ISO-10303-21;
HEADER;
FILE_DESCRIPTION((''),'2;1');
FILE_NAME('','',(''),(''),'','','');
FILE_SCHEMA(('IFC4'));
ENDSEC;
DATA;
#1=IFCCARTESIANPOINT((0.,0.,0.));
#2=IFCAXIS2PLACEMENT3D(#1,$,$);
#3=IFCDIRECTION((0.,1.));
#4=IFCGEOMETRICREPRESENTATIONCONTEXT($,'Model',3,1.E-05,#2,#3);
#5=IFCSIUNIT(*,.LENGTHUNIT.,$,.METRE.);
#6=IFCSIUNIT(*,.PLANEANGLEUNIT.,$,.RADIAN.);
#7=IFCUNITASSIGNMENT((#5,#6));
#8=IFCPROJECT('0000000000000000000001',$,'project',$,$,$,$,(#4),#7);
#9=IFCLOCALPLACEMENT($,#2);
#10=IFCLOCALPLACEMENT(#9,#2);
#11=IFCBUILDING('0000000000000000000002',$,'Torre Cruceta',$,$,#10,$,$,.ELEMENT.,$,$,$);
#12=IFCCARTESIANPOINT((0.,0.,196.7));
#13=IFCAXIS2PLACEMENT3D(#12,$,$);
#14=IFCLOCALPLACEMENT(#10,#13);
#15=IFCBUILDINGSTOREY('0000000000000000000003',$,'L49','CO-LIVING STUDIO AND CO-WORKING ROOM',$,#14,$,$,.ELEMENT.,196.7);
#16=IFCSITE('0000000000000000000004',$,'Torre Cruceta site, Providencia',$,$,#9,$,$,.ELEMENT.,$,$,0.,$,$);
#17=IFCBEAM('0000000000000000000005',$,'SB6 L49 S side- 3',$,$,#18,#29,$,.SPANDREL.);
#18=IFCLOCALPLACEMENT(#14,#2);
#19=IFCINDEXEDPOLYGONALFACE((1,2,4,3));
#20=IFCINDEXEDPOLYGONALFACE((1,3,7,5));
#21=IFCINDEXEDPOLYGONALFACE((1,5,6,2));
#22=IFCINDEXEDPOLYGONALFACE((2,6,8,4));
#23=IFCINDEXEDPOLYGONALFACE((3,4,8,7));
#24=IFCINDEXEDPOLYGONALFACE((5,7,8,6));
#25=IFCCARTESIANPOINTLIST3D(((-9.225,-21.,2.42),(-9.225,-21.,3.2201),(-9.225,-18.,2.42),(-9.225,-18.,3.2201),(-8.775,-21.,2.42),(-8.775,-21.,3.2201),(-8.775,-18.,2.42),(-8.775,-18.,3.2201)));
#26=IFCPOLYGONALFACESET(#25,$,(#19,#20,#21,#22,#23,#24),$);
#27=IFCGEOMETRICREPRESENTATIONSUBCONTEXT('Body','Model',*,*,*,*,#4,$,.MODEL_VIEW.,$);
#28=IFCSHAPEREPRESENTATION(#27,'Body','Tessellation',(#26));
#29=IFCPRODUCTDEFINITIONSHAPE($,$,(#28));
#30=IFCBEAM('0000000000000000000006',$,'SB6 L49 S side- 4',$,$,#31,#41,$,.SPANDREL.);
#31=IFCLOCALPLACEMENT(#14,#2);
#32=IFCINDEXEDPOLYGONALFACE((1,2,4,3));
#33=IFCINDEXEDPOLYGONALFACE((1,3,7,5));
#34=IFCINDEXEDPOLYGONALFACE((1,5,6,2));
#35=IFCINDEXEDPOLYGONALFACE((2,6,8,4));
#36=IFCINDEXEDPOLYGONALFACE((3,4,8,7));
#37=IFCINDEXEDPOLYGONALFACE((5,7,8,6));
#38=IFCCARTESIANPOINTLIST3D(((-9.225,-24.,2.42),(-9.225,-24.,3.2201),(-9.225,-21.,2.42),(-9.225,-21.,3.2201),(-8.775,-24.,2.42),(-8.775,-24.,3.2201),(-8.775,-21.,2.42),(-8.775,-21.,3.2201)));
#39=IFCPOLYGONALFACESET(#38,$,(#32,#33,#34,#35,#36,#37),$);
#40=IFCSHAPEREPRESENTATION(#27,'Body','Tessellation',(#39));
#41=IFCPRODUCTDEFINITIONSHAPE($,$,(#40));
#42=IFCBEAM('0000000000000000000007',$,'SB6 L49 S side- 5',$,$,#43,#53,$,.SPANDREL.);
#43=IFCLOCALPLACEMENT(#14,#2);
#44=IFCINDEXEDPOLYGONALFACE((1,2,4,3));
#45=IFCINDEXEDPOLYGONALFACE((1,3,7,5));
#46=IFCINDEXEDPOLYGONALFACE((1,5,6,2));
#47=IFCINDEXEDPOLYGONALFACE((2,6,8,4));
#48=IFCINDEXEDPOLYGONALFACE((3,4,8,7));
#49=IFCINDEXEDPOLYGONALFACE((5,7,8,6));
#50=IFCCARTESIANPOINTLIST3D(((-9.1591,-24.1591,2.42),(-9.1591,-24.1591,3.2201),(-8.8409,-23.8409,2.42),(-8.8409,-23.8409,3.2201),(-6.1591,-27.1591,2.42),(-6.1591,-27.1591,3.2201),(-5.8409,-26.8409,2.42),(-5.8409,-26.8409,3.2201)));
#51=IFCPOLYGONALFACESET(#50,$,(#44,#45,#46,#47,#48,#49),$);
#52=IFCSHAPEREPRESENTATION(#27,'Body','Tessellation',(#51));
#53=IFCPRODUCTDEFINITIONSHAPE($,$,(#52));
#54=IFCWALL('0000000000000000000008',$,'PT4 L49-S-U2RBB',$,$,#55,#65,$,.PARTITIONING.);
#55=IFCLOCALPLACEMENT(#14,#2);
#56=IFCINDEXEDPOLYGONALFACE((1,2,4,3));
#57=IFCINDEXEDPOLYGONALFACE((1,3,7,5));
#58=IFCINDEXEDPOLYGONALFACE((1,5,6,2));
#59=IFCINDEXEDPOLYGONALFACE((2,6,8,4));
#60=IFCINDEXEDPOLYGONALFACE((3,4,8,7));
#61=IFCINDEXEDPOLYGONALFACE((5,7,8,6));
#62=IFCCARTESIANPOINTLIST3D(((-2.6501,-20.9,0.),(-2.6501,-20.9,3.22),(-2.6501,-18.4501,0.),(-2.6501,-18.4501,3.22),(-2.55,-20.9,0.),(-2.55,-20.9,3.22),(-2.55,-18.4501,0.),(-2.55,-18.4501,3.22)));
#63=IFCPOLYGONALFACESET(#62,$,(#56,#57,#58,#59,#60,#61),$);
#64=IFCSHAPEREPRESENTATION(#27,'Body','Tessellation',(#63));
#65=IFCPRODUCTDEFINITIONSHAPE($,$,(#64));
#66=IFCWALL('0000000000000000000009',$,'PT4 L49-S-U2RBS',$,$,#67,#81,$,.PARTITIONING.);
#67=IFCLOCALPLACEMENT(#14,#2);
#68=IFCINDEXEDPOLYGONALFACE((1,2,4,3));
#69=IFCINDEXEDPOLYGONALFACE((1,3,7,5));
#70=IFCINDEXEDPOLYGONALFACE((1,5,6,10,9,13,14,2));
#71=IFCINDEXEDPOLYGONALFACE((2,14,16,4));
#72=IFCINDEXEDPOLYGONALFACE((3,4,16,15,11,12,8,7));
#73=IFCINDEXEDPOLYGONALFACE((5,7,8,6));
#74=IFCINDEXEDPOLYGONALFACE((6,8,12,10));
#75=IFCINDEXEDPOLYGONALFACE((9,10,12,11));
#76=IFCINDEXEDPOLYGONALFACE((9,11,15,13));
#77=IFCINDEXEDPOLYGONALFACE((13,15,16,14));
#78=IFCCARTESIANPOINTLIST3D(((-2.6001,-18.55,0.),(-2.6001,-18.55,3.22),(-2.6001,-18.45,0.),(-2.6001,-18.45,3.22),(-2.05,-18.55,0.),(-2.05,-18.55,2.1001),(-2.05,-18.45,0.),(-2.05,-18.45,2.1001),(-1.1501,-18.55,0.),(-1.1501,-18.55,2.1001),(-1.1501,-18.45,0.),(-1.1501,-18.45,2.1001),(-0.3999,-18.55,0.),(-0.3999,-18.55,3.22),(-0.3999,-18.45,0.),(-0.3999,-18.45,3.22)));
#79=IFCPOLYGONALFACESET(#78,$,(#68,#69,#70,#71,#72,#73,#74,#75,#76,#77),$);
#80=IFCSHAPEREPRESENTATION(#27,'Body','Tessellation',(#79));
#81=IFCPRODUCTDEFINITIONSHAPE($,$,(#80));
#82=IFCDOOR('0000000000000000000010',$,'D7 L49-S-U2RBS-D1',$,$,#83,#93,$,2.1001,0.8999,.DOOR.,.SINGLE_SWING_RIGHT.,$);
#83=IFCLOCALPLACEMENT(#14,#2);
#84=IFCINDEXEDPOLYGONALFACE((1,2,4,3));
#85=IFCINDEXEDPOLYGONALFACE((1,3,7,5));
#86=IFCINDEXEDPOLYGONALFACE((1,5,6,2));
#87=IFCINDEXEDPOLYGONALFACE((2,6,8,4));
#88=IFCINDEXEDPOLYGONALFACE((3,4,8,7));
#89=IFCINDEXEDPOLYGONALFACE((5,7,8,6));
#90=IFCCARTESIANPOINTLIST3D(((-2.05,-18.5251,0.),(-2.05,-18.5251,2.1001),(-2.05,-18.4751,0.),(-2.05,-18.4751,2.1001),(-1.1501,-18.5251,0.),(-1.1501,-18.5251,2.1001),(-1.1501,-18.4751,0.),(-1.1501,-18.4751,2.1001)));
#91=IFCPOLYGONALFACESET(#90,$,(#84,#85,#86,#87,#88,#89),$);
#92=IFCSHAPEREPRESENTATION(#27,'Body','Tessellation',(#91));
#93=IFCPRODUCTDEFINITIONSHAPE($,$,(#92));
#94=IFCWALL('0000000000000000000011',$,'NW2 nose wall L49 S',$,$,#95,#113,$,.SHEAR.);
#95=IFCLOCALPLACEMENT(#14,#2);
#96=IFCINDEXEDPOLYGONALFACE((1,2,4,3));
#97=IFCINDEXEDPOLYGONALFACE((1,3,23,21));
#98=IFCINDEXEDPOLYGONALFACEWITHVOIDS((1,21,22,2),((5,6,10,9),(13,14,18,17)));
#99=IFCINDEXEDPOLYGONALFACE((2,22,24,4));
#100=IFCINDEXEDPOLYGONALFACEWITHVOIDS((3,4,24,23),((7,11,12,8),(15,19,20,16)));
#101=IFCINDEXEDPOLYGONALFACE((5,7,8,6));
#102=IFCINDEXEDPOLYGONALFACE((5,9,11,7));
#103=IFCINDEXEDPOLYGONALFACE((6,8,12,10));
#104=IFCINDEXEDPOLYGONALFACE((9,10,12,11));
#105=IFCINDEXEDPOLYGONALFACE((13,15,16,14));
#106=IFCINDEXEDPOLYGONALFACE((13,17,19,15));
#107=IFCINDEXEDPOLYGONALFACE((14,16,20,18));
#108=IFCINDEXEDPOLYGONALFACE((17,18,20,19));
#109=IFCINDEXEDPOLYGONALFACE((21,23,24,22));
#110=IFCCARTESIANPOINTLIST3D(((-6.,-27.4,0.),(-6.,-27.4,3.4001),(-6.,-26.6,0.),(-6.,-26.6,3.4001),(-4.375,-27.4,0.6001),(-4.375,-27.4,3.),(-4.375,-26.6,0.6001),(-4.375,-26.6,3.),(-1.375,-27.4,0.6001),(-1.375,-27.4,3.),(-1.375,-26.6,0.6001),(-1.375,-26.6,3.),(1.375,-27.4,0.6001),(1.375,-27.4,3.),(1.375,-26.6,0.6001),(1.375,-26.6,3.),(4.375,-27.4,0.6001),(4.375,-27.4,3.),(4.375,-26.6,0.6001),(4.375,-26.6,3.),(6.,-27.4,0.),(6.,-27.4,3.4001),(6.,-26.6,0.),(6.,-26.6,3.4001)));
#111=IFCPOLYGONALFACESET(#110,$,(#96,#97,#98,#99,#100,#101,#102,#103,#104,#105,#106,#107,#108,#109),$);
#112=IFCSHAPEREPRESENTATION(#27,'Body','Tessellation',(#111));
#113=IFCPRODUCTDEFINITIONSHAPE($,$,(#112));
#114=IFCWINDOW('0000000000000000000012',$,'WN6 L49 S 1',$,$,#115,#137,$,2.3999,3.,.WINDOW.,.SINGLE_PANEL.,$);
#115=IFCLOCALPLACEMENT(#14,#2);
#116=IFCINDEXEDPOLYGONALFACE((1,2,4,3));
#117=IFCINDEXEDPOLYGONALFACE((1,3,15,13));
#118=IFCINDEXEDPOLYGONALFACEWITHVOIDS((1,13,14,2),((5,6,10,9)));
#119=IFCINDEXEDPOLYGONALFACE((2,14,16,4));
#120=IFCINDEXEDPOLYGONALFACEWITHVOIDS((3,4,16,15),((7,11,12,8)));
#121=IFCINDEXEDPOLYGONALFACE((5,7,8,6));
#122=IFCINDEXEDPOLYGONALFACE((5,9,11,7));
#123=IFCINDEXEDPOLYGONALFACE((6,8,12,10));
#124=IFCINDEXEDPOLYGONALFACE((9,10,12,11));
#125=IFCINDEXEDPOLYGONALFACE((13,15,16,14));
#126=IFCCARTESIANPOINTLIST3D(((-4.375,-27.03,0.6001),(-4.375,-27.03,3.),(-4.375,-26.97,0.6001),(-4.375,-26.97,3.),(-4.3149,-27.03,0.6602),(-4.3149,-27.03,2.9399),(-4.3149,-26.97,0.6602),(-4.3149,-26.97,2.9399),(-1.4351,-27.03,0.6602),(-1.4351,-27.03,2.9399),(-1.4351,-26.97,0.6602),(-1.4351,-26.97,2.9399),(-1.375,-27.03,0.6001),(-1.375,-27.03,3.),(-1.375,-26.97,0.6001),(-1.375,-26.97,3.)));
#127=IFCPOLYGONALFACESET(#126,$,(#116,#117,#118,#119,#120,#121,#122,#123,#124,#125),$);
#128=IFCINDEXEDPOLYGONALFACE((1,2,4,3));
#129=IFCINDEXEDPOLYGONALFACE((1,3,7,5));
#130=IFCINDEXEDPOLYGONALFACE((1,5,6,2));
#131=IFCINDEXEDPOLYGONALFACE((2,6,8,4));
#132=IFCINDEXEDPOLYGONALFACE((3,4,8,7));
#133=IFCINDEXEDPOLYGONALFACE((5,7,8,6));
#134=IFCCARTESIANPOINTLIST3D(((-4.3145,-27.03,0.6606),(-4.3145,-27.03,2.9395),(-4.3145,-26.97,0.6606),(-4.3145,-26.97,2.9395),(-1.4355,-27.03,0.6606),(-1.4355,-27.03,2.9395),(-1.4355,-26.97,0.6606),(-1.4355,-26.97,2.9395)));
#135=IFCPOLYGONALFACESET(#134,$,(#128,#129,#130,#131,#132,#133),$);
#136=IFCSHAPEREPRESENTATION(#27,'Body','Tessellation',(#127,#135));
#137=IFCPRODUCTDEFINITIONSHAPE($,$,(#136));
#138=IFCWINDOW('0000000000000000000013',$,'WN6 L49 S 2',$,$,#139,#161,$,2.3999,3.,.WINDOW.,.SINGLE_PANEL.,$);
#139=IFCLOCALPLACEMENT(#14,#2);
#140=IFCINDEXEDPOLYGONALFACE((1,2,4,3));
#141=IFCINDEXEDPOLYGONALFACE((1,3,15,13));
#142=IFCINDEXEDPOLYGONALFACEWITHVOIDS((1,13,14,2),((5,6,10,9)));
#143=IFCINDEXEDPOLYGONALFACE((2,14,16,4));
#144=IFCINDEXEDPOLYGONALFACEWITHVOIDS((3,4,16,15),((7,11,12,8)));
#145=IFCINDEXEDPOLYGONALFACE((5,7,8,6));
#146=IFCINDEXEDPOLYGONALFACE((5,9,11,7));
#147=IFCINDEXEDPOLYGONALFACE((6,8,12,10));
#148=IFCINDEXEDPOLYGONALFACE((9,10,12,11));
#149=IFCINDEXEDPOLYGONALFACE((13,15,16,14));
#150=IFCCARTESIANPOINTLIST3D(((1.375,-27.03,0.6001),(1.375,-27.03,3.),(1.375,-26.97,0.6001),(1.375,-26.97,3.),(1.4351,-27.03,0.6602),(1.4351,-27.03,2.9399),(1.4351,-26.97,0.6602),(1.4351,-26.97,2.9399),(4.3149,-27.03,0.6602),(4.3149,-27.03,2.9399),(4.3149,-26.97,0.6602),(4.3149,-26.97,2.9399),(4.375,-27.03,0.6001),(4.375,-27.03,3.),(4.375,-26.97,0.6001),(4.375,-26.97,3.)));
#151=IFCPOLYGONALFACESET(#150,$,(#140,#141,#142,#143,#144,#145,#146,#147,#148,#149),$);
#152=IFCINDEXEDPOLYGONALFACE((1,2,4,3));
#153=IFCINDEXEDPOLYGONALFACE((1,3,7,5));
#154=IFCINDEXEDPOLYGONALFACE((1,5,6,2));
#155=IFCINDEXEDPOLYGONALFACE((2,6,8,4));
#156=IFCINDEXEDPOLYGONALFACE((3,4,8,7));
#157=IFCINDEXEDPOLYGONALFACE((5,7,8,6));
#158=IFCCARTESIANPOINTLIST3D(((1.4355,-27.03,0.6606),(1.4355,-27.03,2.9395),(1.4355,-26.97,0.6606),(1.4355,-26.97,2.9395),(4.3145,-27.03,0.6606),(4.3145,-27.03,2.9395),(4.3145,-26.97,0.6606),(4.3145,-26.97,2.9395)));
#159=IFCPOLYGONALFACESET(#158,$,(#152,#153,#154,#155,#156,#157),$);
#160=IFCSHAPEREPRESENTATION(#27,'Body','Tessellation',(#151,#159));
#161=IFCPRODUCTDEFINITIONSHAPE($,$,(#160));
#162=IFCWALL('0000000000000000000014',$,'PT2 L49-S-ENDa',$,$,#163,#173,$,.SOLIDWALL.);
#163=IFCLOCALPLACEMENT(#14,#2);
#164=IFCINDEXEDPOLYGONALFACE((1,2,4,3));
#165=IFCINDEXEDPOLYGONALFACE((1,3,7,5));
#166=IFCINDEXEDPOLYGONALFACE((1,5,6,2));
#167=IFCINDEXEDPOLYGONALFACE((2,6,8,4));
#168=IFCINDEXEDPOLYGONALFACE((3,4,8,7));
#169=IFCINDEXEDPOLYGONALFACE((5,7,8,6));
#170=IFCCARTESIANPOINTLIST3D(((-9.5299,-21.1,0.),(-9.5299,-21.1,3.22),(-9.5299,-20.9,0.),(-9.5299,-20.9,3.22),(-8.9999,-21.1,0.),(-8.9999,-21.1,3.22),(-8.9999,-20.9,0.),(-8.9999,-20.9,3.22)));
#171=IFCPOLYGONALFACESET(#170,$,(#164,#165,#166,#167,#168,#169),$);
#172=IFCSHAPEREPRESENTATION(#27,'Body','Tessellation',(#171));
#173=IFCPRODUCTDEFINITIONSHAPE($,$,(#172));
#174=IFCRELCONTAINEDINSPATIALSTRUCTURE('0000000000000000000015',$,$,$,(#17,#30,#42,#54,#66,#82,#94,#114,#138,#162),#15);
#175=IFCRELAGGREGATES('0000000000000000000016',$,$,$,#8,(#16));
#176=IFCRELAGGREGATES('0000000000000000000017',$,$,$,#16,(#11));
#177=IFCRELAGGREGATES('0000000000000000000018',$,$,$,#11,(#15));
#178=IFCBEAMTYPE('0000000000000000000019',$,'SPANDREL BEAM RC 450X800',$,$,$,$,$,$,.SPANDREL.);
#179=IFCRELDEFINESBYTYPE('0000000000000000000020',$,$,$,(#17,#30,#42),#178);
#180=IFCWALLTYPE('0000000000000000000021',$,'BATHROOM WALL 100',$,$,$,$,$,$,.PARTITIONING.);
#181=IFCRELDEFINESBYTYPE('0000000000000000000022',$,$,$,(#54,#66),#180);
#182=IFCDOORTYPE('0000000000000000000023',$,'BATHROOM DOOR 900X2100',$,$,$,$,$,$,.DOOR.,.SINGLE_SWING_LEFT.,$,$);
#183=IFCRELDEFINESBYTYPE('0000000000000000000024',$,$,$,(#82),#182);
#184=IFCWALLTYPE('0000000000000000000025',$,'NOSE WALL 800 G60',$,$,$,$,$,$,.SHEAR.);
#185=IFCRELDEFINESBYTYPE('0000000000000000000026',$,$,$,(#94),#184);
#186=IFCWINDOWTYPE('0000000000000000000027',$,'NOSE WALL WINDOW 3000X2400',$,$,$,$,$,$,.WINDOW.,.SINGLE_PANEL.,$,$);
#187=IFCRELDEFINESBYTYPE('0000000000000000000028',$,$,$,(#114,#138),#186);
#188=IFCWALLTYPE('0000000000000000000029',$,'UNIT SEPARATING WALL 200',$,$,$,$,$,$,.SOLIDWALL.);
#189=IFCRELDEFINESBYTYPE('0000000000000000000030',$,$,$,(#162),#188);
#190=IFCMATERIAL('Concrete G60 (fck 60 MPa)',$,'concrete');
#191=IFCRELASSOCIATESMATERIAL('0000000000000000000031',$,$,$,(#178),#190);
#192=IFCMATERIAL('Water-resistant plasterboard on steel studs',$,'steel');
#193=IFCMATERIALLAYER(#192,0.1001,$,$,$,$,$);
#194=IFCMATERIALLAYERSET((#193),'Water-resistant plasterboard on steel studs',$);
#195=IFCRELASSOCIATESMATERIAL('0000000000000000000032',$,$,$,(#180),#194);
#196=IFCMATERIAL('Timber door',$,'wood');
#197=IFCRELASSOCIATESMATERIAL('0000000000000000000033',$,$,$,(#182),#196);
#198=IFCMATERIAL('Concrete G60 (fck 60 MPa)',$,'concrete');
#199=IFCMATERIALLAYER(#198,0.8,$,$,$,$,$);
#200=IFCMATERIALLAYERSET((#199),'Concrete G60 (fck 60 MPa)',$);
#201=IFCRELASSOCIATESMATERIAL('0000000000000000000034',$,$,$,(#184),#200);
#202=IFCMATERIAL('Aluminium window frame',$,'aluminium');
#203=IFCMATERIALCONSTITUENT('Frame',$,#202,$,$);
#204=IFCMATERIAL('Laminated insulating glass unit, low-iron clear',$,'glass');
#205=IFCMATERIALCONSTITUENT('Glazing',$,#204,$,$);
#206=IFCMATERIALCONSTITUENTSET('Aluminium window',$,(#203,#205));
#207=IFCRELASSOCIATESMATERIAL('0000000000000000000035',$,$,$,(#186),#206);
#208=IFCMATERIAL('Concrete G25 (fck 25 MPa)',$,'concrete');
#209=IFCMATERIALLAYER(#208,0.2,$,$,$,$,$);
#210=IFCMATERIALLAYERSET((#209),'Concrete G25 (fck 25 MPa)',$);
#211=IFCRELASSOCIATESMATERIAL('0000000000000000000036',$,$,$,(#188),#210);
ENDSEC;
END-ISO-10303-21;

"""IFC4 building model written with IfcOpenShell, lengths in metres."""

from ifc_helpers import new_model, si_unit, direction, frame, frame_2d, origin, origin_2d, place, context, subcontext, project, spatial, rectangle, hollow_rectangle, extrude, material, layer, layer_set, constituent, constituent_set, material_profile, profile_set, type_object, element, fill, save


model = new_model("IFC4")

# Units and contexts
model_context = context("Model", 3, precision=1e-05, world=origin(), true_north=direction((0.0, 1.0)))
body_context = subcontext(model_context, "Body", "Model", "MODEL_VIEW")
ifc_project = project(units=[si_unit("LENGTHUNIT", "METRE"), si_unit("PLANEANGLEUNIT", "RADIAN")], contexts=[model_context])

# Site, building, storey
site_placement = place(None, origin())
site = spatial("IfcSite", under=ifc_project, at=site_placement, Name="Torre Cruceta site, Providencia", CompositionType="ELEMENT", RefElevation=0.0)
building_placement = place(site_placement, origin())
building = spatial("IfcBuilding", under=site, at=building_placement, Name="Torre Cruceta", CompositionType="ELEMENT")
storey_placement = place(building_placement, frame((0.0, 0.0, 196.7)))
storey = spatial("IfcBuildingStorey", under=building, at=storey_placement, Name="L49", Description="CO-LIVING STUDIO AND CO-WORKING ROOM", CompositionType="ELEMENT", Elevation=196.7)

# Beams
ifc_material_1 = material(Name="Concrete G60 (fck 60 MPa)", Category="concrete")
ifc_material_profile_1 = material_profile(ifc_material_1, rectangle(XDim=0.45, YDim=0.8, at=origin_2d()), Name="RC 450X800")
ifc_profile_set_1 = profile_set([ifc_material_profile_1], Name="Concrete G60 (fck 60 MPa)")
beam_type_1 = type_object("IfcBeamType", Name="SPANDREL BEAM RC 450X800", PredefinedType="SPANDREL", material=ifc_profile_set_1)
for number, where, z_axis, x_axis, name in (
    (1, (-9.0, -18.0, 2.8201), (0.0, -1.0, 0.0), (1.0, 0.0, 0.0), "SB6 L49 S side- 3"),
    (2, (-9.0, -21.0, 2.8201), (0.0, -1.0, 0.0), (1.0, 0.0, 0.0), "SB6 L49 S side- 4"),
):
    element("IfcBeam", number, at=place(storey_placement, frame(where, z_axis=z_axis, x_axis=x_axis)), inside=storey, type_object=beam_type_1, Name=name, PredefinedType="SPANDREL", context=body_context, shape_type="SweptSolid", body=[
        extrude(rectangle(XDim=0.45, YDim=0.8, at=origin_2d()), origin(), (0.0, 0.0, 1.0), 3.0),
    ])
beam_1_placement = place(storey_placement, frame((-9.0, -24.0, 2.8201), z_axis=(0.707107, -0.707107, 0.0), x_axis=(0.707107, 0.707107, 0.0)))
element("IfcBeam", 3, at=beam_1_placement, inside=storey, type_object=beam_type_1, Name="SB6 L49 S side- 5", PredefinedType="SPANDREL", context=body_context, shape_type="SweptSolid", body=[
    extrude(rectangle(XDim=0.45, YDim=0.8, at=origin_2d()), origin(), (0.0, 0.0, 1.0), 4.2427),
])

# Wall
ifc_material_2 = material(Name="Water-resistant plasterboard on steel studs", Category="steel")
ifc_layer_1 = layer(ifc_material_2, 0.1001)
ifc_layer_set_1 = layer_set([ifc_layer_1], Name="Water-resistant plasterboard on steel studs")
wall_type_1 = type_object("IfcWallType", Name="BATHROOM WALL 100", PredefinedType="PARTITIONING", material=ifc_layer_set_1)
wall_1_placement = place(storey_placement, frame((-2.6001, -18.45, 0.0), z_axis=(0.0, 0.0, 1.0), x_axis=(0.0, -1.0, 0.0)))
element("IfcWall", 4, at=wall_1_placement, inside=storey, type_object=wall_type_1, Name="PT4 L49-S-U2RBB", PredefinedType="PARTITIONING", context=body_context, shape_type="SweptSolid", body=[
    extrude(rectangle(XDim=2.45, YDim=0.1001, at=frame_2d((1.2251, 0.0))), origin(), (0.0, 0.0, 1.0), 3.22),
])

# Wall, opening, door
wall_2_placement = place(storey_placement, frame((-2.6001, -18.5, 0.0), z_axis=(0.0, 0.0, 1.0), x_axis=(1.0, 0.0, 0.0)))
wall_2 = element("IfcWall", 5, at=wall_2_placement, inside=storey, type_object=wall_type_1, Name="PT4 L49-S-U2RBS", PredefinedType="PARTITIONING", context=body_context, shape_type="SweptSolid", body=[
    extrude(rectangle(XDim=2.2002, YDim=0.1001, at=frame_2d((1.1001, 0.0))), origin(), (0.0, 0.0, 1.0), 3.22),
])
opening_1_placement = place(wall_2_placement, frame((0.55, 0.0, 0.0)))
opening_1 = element("IfcOpeningElement", 6, at=opening_1_placement, cuts=wall_2, PredefinedType="OPENING", context=body_context, shape_type="SweptSolid", body=[
    extrude(rectangle(XDim=0.8999, YDim=2.1001, at=frame_2d((0.45, 1.05))), frame((0.0, 0.0601, 0.0), z_axis=(0.0, -1.0, 0.0), x_axis=(1.0, 0.0, 0.0)), (0.0, 0.0, 1.0), 0.1201),
])
ifc_material_3 = material(Name="Timber door", Category="wood")
door_type = type_object("IfcDoorType", Name="BATHROOM DOOR 900X2100", OperationType="SINGLE_SWING_LEFT", PredefinedType="DOOR", material=ifc_material_3)
door_placement = place(opening_1_placement, frame((0.8999, 0.0, 0.0), z_axis=(0.0, 0.0, 1.0), x_axis=(-1.0, 0.0, 0.0)))
door = element("IfcDoor", 7, at=door_placement, inside=storey, type_object=door_type, Name="D7 L49-S-U2RBS-D1", OperationType="SINGLE_SWING_RIGHT", OverallHeight=2.1001, OverallWidth=0.8999, PredefinedType="DOOR", context=body_context, shape_type="SweptSolid", body=[
    extrude(rectangle(XDim=0.8999, YDim=2.1001, at=frame_2d((0.45, 1.05))), frame((0.0, 0.0251, 0.0), z_axis=(0.0, -1.0, 0.0), x_axis=(1.0, 0.0, 0.0)), (0.0, 0.0, 1.0), 0.05),
])
fill(opening_1, door)

# Wall, openings, windows
ifc_material_4 = material(Name="Concrete G60 (fck 60 MPa)", Category="concrete")
ifc_layer_2 = layer(ifc_material_4, 0.8)
ifc_layer_set_2 = layer_set([ifc_layer_2], Name="Concrete G60 (fck 60 MPa)")
wall_type_2 = type_object("IfcWallType", Name="NOSE WALL 800 G60", PredefinedType="SHEAR", material=ifc_layer_set_2)
wall_3_placement = place(storey_placement, frame((-6.0, -27.0, 0.0), z_axis=(0.0, 0.0, 1.0), x_axis=(1.0, 0.0, 0.0)))
wall_3 = element("IfcWall", 8, at=wall_3_placement, inside=storey, type_object=wall_type_2, Name="NW2 nose wall L49 S", PredefinedType="SHEAR", context=body_context, shape_type="SweptSolid", body=[
    extrude(rectangle(XDim=12.0, YDim=0.8, at=frame_2d((6.0, 0.0))), origin(), (0.0, 0.0, 1.0), 3.4001),
])
opening_2_placement = place(wall_3_placement, frame((1.625, 0.0, 0.6001)))
opening_2 = element("IfcOpeningElement", 9, at=opening_2_placement, cuts=wall_3, PredefinedType="OPENING", context=body_context, shape_type="SweptSolid", body=[
    extrude(rectangle(XDim=3.0, YDim=2.3999, at=frame_2d((1.5, 1.2))), frame((0.0, 0.4099, 0.0), z_axis=(0.0, -1.0, 0.0), x_axis=(1.0, 0.0, 0.0)), (0.0, 0.0, 1.0), 0.8201),
])
opening_3_placement = place(wall_3_placement, frame((7.375, 0.0, 0.6001)))
opening_3 = element("IfcOpeningElement", 10, at=opening_3_placement, cuts=wall_3, PredefinedType="OPENING", context=body_context, shape_type="SweptSolid", body=[
    extrude(rectangle(XDim=3.0, YDim=2.3999, at=frame_2d((1.5, 1.2))), frame((0.0, 0.4099, 0.0), z_axis=(0.0, -1.0, 0.0), x_axis=(1.0, 0.0, 0.0)), (0.0, 0.0, 1.0), 0.8201),
])
ifc_material_5 = material(Name="Aluminium window frame", Category="aluminium")
ifc_constituent_1 = constituent(ifc_material_5, Name="Frame")
ifc_material_6 = material(Name="Laminated insulating glass unit, low-iron clear", Category="glass")
ifc_constituent_2 = constituent(ifc_material_6, Name="Glazing")
ifc_constituent_set = constituent_set(constituents=[ifc_constituent_1, ifc_constituent_2], Name="Aluminium window")
window_type = type_object("IfcWindowType", Name="NOSE WALL WINDOW 3000X2400", PartitioningType="SINGLE_PANEL", PredefinedType="WINDOW", material=ifc_constituent_set)
window_1_placement = place(opening_2_placement, origin())
window_1 = element("IfcWindow", 11, at=window_1_placement, inside=storey, type_object=window_type, Name="WN6 L49 S 1", OverallHeight=2.3999, OverallWidth=3.0, PartitioningType="SINGLE_PANEL", PredefinedType="WINDOW", context=body_context, shape_type="SweptSolid", body=[
    extrude(hollow_rectangle(XDim=3.0, YDim=2.3999, WallThickness=0.0601, at=frame_2d((1.5, 1.2))), frame((0.0, 0.03, 0.0), z_axis=(0.0, -1.0, 0.0), x_axis=(1.0, 0.0, 0.0)), (0.0, 0.0, 1.0), 0.0601),
    extrude(rectangle(XDim=2.8789, YDim=2.2788, at=frame_2d((1.5, 1.2))), frame((0.0, 0.03, 0.0), z_axis=(0.0, -1.0, 0.0), x_axis=(1.0, 0.0, 0.0)), (0.0, 0.0, 1.0), 0.0601),
])
fill(opening_2, window_1)
window_2_placement = place(opening_3_placement, origin())
window_2 = element("IfcWindow", 12, at=window_2_placement, inside=storey, type_object=window_type, Name="WN6 L49 S 2", OverallHeight=2.3999, OverallWidth=3.0, PartitioningType="SINGLE_PANEL", PredefinedType="WINDOW", context=body_context, shape_type="SweptSolid", body=[
    extrude(hollow_rectangle(XDim=3.0, YDim=2.3999, WallThickness=0.0601, at=frame_2d((1.5, 1.2))), frame((0.0, 0.03, 0.0), z_axis=(0.0, -1.0, 0.0), x_axis=(1.0, 0.0, 0.0)), (0.0, 0.0, 1.0), 0.0601),
    extrude(rectangle(XDim=2.8789, YDim=2.2788, at=frame_2d((1.5, 1.2))), frame((0.0, 0.03, 0.0), z_axis=(0.0, -1.0, 0.0), x_axis=(1.0, 0.0, 0.0)), (0.0, 0.0, 1.0), 0.0601),
])
fill(opening_3, window_2)

# Wall
ifc_material_7 = material(Name="Concrete G25 (fck 25 MPa)", Category="concrete")
ifc_layer_3 = layer(ifc_material_7, 0.2)
ifc_layer_set_3 = layer_set([ifc_layer_3], Name="Concrete G25 (fck 25 MPa)")
wall_type_3 = type_object("IfcWallType", Name="UNIT SEPARATING WALL 200", PredefinedType="SOLIDWALL", material=ifc_layer_set_3)
wall_4_placement = place(storey_placement, frame((-9.53, -21.0, 0.0), z_axis=(0.0, 0.0, 1.0), x_axis=(1.0, 0.0, 0.0)))
element("IfcWall", 13, at=wall_4_placement, inside=storey, type_object=wall_type_3, Name="PT2 L49-S-ENDa", PredefinedType="SOLIDWALL", context=body_context, shape_type="SweptSolid", body=[
    extrude(rectangle(XDim=0.53, YDim=0.2, at=frame_2d((0.2651, 0.0))), origin(), (0.0, 0.0, 1.0), 3.22),
])

save(model, "model.ifc")
